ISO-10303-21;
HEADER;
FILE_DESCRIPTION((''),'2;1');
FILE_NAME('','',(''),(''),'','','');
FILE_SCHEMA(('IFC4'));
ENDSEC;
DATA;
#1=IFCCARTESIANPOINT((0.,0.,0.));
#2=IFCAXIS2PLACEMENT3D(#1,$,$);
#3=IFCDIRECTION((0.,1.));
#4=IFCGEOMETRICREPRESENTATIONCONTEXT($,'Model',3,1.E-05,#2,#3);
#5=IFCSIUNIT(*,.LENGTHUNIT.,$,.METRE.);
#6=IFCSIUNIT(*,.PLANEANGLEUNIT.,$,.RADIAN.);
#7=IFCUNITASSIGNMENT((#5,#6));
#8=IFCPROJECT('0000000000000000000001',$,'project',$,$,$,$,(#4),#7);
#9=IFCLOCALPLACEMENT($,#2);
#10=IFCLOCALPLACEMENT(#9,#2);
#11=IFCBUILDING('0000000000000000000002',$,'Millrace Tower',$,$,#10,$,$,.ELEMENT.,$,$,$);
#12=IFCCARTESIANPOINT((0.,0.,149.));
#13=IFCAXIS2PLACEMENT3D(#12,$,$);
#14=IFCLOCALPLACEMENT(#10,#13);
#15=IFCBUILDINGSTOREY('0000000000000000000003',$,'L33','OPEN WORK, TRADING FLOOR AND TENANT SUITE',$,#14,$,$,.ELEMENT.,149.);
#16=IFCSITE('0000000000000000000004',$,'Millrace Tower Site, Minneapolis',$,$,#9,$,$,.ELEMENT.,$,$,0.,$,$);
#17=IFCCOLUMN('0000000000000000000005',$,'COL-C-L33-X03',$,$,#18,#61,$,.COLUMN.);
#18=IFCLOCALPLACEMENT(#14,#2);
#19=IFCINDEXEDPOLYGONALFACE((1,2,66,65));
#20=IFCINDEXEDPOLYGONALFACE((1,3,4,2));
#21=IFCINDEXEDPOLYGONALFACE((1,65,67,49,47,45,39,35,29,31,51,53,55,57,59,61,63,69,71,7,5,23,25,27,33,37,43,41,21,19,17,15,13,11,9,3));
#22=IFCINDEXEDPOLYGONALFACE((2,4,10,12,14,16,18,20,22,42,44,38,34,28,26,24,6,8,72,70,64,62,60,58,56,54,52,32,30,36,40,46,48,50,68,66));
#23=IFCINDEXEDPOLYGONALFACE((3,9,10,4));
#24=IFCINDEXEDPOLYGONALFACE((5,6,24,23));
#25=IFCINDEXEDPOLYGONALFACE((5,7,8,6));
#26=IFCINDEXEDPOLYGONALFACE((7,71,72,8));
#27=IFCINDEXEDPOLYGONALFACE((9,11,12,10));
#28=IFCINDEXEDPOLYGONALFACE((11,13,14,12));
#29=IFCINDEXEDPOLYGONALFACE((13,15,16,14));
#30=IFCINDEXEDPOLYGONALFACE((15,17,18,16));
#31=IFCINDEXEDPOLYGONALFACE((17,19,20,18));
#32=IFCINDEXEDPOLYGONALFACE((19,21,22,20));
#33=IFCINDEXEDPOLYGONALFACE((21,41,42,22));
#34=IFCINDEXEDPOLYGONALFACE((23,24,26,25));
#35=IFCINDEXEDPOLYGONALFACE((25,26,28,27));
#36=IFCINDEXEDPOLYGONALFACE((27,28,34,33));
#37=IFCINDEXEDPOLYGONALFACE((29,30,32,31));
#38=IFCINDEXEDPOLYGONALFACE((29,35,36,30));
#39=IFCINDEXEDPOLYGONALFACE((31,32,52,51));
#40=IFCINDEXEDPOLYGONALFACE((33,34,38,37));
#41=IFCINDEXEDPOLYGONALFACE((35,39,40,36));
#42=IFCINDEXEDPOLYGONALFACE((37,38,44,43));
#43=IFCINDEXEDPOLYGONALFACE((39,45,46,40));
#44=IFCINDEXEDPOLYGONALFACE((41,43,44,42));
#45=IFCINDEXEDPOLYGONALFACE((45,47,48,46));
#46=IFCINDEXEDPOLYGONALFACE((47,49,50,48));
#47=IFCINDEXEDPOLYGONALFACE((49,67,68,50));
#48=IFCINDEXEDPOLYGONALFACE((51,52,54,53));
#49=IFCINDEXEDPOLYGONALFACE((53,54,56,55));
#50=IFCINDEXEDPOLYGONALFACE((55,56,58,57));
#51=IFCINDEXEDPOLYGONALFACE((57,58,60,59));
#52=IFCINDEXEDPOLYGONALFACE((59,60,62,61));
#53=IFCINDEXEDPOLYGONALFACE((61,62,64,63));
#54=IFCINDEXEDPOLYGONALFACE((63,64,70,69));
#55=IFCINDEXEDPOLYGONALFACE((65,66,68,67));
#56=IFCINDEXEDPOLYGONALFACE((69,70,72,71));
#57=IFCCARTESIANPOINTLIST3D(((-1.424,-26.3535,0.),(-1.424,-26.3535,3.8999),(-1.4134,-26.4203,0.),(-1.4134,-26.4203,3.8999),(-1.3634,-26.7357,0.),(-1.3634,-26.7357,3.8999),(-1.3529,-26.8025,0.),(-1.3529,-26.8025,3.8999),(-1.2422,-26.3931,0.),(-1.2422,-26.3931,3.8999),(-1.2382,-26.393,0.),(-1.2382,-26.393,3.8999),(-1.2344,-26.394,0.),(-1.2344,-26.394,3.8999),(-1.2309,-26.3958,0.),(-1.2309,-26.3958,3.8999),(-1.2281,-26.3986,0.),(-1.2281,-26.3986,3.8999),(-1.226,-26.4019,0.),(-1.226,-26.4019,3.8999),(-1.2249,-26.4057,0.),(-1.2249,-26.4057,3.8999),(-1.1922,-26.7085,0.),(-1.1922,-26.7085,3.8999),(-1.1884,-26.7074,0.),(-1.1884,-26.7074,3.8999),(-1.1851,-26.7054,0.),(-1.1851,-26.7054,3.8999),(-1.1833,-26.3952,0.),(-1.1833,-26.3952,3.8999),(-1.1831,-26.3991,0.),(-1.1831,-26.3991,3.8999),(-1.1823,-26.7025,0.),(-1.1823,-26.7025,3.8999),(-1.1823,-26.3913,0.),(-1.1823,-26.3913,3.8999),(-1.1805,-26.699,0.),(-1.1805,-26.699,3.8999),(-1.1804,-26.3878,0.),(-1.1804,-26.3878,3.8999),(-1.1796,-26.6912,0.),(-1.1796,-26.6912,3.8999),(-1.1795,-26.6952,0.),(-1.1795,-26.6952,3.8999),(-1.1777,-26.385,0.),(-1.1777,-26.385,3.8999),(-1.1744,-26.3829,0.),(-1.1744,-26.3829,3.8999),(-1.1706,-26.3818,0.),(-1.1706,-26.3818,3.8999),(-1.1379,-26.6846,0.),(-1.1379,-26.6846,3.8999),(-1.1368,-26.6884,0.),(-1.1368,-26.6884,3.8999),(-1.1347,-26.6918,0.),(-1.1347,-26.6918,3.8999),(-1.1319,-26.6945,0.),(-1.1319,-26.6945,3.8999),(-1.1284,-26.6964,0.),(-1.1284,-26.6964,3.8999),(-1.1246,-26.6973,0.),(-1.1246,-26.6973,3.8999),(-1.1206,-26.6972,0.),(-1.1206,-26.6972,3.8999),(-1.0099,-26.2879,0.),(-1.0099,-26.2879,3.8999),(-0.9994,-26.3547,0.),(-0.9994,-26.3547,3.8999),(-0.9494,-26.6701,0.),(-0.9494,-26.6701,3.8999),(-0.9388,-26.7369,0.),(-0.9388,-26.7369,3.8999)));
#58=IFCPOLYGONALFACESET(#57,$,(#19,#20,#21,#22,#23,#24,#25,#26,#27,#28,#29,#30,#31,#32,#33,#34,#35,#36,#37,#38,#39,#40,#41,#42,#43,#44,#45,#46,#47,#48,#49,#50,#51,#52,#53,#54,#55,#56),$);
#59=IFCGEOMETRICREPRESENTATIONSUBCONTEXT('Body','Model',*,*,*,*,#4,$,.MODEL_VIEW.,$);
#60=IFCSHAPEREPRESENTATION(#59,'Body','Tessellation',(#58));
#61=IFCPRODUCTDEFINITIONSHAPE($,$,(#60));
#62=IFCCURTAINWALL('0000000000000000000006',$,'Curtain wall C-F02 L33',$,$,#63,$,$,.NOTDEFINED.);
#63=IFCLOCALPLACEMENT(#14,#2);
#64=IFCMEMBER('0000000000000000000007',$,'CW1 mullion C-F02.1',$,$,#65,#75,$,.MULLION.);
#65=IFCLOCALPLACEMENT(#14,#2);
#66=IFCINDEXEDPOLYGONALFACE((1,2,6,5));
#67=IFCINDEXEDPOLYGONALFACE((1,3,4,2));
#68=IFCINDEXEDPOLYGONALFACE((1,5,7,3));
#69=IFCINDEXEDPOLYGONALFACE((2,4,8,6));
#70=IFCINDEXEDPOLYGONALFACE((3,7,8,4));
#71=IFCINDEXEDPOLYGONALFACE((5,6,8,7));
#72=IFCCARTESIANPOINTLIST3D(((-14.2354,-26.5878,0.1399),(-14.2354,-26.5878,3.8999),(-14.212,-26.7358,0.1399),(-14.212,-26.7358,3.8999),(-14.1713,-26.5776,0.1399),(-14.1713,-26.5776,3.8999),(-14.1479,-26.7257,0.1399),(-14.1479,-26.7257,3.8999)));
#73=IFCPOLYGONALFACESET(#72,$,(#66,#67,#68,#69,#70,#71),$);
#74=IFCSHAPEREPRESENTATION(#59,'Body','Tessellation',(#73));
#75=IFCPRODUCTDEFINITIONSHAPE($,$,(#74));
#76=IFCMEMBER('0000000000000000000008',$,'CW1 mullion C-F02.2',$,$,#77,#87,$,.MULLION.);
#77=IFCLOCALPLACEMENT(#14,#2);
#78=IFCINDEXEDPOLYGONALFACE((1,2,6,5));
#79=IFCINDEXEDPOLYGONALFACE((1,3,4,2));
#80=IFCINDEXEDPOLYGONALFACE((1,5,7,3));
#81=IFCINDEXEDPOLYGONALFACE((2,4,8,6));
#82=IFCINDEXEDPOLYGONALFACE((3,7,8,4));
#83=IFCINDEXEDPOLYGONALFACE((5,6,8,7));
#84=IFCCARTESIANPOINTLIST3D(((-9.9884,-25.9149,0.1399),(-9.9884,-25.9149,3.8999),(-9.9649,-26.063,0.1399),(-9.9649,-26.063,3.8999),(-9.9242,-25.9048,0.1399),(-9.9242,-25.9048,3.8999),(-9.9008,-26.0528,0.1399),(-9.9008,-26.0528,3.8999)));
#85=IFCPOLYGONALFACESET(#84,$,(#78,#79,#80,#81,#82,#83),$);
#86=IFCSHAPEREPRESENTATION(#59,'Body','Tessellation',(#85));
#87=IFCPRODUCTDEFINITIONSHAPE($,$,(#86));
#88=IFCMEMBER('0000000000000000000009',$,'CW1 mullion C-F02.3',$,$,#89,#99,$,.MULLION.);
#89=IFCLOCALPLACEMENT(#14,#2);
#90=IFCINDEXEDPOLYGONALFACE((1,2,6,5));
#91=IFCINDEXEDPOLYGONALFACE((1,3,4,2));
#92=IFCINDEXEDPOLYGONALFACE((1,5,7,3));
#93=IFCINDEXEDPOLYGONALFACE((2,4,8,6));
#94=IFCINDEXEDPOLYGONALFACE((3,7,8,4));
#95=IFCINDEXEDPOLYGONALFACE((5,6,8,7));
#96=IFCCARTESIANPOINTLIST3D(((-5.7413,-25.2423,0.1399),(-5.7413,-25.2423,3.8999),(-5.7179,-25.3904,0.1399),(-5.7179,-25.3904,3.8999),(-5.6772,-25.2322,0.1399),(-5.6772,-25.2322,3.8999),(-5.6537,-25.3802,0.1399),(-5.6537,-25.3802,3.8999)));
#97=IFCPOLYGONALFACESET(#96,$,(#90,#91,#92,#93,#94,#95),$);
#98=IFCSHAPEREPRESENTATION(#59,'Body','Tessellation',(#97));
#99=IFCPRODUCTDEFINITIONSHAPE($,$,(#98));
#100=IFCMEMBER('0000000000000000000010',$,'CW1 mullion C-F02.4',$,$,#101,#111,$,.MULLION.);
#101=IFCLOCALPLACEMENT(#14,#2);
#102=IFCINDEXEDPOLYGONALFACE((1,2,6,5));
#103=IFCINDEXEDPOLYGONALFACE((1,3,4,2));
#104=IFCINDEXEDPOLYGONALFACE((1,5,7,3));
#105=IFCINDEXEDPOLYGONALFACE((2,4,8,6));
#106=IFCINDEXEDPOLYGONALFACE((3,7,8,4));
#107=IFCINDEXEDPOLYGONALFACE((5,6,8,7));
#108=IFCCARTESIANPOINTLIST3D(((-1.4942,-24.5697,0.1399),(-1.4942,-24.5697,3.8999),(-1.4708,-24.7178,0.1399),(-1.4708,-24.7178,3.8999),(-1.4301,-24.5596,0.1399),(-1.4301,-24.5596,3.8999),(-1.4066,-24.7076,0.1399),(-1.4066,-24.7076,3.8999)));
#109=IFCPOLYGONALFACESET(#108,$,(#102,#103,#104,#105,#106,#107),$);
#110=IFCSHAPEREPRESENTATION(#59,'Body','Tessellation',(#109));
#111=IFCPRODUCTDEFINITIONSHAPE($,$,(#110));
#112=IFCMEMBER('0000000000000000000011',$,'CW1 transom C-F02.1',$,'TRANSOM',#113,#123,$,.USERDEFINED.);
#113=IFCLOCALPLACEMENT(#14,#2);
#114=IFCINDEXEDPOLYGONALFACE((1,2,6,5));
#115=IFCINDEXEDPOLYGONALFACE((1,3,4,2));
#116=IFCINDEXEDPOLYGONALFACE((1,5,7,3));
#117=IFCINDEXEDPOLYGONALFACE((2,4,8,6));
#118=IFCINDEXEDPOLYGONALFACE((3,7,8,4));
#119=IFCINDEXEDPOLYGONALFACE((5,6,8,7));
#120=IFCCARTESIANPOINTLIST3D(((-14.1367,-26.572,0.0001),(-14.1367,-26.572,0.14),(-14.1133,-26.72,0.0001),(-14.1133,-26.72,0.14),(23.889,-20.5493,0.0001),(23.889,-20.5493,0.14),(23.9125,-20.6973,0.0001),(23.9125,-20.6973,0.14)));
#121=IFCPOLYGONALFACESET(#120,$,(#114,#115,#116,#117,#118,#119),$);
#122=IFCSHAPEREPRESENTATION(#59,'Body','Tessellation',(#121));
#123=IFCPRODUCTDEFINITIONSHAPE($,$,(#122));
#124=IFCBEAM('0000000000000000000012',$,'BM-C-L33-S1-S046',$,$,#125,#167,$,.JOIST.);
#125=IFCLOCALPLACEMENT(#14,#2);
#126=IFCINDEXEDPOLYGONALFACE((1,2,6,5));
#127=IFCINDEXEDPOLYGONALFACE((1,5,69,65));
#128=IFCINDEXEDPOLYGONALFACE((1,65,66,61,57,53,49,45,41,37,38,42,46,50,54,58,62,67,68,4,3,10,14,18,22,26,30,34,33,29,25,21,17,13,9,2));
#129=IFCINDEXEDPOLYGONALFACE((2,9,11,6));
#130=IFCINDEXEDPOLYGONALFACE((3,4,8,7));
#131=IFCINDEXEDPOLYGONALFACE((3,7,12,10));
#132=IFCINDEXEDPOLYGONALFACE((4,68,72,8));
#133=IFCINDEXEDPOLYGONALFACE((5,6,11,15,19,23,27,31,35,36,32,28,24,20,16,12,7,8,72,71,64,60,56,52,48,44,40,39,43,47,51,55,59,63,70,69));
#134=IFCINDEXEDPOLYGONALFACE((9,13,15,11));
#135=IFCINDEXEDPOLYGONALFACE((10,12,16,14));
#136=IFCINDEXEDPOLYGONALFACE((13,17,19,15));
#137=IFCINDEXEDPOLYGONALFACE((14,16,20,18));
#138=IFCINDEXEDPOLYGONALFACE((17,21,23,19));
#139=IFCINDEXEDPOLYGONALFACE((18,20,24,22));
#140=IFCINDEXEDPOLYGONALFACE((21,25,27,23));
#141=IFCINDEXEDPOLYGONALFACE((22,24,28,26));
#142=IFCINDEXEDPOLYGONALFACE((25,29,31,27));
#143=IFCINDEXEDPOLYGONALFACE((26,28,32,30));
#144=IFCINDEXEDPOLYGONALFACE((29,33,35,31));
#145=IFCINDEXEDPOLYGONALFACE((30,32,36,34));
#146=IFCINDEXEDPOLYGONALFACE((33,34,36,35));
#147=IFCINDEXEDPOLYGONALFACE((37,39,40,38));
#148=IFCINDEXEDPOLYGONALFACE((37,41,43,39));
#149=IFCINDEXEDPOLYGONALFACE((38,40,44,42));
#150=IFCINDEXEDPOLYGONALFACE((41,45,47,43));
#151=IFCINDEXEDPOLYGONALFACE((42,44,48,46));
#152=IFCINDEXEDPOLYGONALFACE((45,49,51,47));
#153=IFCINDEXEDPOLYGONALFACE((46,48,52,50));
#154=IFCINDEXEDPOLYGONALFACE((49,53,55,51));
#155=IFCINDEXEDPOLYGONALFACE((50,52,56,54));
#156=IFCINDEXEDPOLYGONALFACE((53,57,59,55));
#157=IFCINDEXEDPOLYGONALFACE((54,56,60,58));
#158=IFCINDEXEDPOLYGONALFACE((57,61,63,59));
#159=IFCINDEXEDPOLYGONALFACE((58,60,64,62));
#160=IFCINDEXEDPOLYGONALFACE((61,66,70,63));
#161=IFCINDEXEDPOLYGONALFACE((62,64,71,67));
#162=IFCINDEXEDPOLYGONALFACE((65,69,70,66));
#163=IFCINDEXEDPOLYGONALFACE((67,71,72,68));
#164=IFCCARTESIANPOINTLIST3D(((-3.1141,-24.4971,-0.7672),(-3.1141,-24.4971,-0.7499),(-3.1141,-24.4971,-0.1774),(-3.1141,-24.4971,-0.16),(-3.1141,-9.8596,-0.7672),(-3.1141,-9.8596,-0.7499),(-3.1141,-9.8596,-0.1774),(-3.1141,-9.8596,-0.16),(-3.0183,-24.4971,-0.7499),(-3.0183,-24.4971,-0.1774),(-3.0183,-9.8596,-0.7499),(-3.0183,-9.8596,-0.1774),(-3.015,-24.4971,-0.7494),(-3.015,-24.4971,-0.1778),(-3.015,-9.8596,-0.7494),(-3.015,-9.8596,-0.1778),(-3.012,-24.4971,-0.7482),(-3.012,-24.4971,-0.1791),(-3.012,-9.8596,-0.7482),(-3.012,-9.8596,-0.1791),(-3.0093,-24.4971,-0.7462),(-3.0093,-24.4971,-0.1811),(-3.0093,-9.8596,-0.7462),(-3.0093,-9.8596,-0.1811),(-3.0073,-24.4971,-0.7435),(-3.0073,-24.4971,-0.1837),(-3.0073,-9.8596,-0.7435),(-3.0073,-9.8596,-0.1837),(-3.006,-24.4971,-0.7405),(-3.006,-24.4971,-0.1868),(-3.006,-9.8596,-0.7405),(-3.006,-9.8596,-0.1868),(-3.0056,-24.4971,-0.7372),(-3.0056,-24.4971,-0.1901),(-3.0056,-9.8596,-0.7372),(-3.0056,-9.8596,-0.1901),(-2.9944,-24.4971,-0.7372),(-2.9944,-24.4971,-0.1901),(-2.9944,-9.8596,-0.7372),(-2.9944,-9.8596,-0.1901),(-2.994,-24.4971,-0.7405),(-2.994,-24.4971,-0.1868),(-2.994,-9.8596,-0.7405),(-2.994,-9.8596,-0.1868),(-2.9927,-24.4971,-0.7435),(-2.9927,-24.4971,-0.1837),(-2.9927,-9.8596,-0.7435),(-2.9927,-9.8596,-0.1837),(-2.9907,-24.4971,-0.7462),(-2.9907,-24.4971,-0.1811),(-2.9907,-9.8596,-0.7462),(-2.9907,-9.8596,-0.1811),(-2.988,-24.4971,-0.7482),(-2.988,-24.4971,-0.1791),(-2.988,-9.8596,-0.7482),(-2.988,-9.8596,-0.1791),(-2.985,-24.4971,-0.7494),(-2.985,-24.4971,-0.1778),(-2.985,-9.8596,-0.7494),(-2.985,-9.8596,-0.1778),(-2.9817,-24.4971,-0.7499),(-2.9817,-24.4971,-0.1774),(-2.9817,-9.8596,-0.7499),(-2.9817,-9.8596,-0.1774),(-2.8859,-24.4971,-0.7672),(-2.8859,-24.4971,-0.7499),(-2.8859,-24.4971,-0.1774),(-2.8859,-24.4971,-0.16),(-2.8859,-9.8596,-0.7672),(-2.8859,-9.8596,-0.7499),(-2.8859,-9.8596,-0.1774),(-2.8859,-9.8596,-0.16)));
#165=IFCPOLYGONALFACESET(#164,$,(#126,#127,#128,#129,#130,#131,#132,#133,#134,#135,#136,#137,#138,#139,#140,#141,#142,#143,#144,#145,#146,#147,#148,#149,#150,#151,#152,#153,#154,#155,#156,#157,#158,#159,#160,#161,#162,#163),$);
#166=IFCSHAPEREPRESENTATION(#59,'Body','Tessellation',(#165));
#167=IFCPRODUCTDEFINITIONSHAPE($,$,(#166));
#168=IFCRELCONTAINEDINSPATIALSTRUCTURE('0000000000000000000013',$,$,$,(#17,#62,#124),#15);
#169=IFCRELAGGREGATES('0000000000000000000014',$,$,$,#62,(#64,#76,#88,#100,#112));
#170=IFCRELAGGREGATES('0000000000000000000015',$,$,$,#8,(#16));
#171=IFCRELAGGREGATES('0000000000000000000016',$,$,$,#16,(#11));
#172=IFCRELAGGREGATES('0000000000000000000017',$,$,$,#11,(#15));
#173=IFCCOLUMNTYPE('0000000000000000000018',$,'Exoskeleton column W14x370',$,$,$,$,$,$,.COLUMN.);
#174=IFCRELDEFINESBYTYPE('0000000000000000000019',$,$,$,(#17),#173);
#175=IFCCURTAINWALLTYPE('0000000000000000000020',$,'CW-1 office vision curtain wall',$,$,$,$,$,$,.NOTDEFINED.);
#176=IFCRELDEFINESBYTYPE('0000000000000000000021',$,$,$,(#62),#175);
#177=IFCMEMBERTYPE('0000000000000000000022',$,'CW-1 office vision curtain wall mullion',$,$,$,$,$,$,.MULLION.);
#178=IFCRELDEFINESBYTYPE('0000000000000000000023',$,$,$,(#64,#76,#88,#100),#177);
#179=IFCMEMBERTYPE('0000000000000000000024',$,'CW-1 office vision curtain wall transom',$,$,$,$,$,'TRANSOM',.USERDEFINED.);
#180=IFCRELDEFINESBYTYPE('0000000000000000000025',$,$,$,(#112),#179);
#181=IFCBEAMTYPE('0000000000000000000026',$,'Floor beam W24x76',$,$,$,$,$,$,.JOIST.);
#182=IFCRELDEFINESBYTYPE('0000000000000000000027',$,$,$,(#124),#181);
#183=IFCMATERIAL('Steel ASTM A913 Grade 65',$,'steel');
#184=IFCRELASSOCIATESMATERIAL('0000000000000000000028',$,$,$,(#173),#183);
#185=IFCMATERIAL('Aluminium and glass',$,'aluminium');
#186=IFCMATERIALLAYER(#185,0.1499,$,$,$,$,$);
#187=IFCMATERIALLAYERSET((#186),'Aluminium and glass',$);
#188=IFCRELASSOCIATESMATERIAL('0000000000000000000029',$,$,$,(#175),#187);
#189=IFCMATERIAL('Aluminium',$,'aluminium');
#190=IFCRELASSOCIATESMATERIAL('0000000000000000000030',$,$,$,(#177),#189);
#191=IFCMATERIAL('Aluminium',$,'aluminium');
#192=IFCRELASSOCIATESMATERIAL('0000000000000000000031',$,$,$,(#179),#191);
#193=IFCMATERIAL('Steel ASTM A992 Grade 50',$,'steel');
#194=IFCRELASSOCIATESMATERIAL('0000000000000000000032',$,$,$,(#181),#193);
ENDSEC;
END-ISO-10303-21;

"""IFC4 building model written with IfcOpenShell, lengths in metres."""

from ifc_helpers import new_model, si_unit, direction, frame, origin, origin_2d, place, context, subcontext, project, spatial, rectangle, i_section, extrude, material, layer, layer_set, material_profile, profile_set, type_object, element, aggregate, save


model = new_model("IFC4")

# Units and contexts
model_context = context("Model", 3, precision=1e-05, world=origin(), true_north=direction((0.0, 1.0)))
body_context = subcontext(model_context, "Body", "Model", "MODEL_VIEW")
ifc_project = project(units=[si_unit("LENGTHUNIT", "METRE"), si_unit("PLANEANGLEUNIT", "RADIAN")], contexts=[model_context])

# Site, building, storey
site_placement = place(None, origin())
site = spatial("IfcSite", under=ifc_project, at=site_placement, Name="Millrace Tower Site, Minneapolis", CompositionType="ELEMENT", RefElevation=0.0)
building_placement = place(site_placement, origin())
building = spatial("IfcBuilding", under=site, at=building_placement, Name="Millrace Tower", CompositionType="ELEMENT")
storey_placement = place(building_placement, frame((0.0, 0.0, 149.0)))
storey = spatial("IfcBuildingStorey", under=building, at=storey_placement, Name="L33", Description="OPEN WORK, TRADING FLOOR AND TENANT SUITE", CompositionType="ELEMENT", Elevation=149.0)

# Column
ifc_material_1 = material(Name="Steel ASTM A913 Grade 65", Category="steel")
ifc_material_profile_1 = material_profile(ifc_material_1, i_section(OverallWidth=0.4192, OverallDepth=0.4546, WebThickness=0.0422, FlangeThickness=0.0676, FilletRadius=0.0151, at=origin_2d()))
ifc_profile_set_1 = profile_set([ifc_material_profile_1], Name="Steel ASTM A913 Grade 65")
column_type = type_object("IfcColumnType", Name="Exoskeleton column W14x370", PredefinedType="COLUMN", material=ifc_profile_set_1)
column_placement = place(storey_placement, frame((-1.1814, -26.5452, 0.0), z_axis=(0.0, 0.0, 1.0), x_axis=(0.987688, 0.156434, 0.0)))
element("IfcColumn", 1, at=column_placement, inside=storey, type_object=column_type, Name="COL-C-L33-X03", PredefinedType="COLUMN", context=body_context, shape_type="SweptSolid", body=[
    extrude(i_section(OverallWidth=0.4192, OverallDepth=0.4546, WebThickness=0.0422, FlangeThickness=0.0676, FilletRadius=0.0151, at=origin_2d()), origin(), (0.0, 0.0, 1.0), 3.8999),
])

# Curtain wall, members
ifc_material_2 = material(Name="Aluminium and glass", Category="aluminium")
ifc_layer_1 = layer(ifc_material_2, 0.1499)
ifc_layer_set_1 = layer_set([ifc_layer_1], Name="Aluminium and glass")
curtain_wall_type = type_object("IfcCurtainWallType", Name="CW-1 office vision curtain wall", PredefinedType="NOTDEFINED", material=ifc_layer_set_1)
curtain_wall_placement = place(storey_placement, origin())
curtain_wall = element("IfcCurtainWall", 2, at=curtain_wall_placement, inside=storey, type_object=curtain_wall_type, Name="Curtain wall C-F02 L33", PredefinedType="NOTDEFINED")
ifc_material_3 = material(Name="Aluminium", Category="aluminium")
ifc_material_profile_2 = material_profile(ifc_material_3, rectangle(XDim=0.0649, YDim=0.1499, at=origin_2d()))
ifc_profile_set_2 = profile_set([ifc_material_profile_2], Name="Aluminium")
member_type_1 = type_object("IfcMemberType", Name="CW-1 office vision curtain wall mullion", PredefinedType="MULLION", material=ifc_profile_set_2)
member_1_placement = place(storey_placement, frame((-14.1917, -26.6567, 0.1399), z_axis=(0.0, 0.0, 1.0), x_axis=(0.987688, 0.156434, 0.0)))
member_1 = element("IfcMember", 3, at=member_1_placement, type_object=member_type_1, Name="CW1 mullion C-F02.1", PredefinedType="MULLION", context=body_context, shape_type="SweptSolid", body=[
    extrude(rectangle(XDim=0.0649, YDim=0.1499, at=origin_2d()), origin(), (0.0, 0.0, 1.0), 3.76),
])
member_2_placement = place(storey_placement, frame((-9.9446, -25.9839, 0.1399), z_axis=(0.0, 0.0, 1.0), x_axis=(0.987688, 0.156434, 0.0)))
member_2 = element("IfcMember", 4, at=member_2_placement, type_object=member_type_1, Name="CW1 mullion C-F02.2", PredefinedType="MULLION", context=body_context, shape_type="SweptSolid", body=[
    extrude(rectangle(XDim=0.0649, YDim=0.1499, at=origin_2d()), origin(), (0.0, 0.0, 1.0), 3.76),
])
member_3_placement = place(storey_placement, frame((-5.6975, -25.3113, 0.1399), z_axis=(0.0, 0.0, 1.0), x_axis=(0.987688, 0.156434, 0.0)))
member_3 = element("IfcMember", 5, at=member_3_placement, type_object=member_type_1, Name="CW1 mullion C-F02.3", PredefinedType="MULLION", context=body_context, shape_type="SweptSolid", body=[
    extrude(rectangle(XDim=0.0649, YDim=0.1499, at=origin_2d()), origin(), (0.0, 0.0, 1.0), 3.76),
])
member_4_placement = place(storey_placement, frame((-1.4504, -24.6387, 0.1399), z_axis=(0.0, 0.0, 1.0), x_axis=(0.987688, 0.156434, 0.0)))
member_4 = element("IfcMember", 6, at=member_4_placement, type_object=member_type_1, Name="CW1 mullion C-F02.4", PredefinedType="MULLION", context=body_context, shape_type="SweptSolid", body=[
    extrude(rectangle(XDim=0.0649, YDim=0.1499, at=origin_2d()), origin(), (0.0, 0.0, 1.0), 3.76),
])
ifc_material_4 = material(Name="Aluminium", Category="aluminium")
ifc_material_profile_3 = material_profile(ifc_material_4, rectangle(XDim=0.1499, YDim=0.1399, at=origin_2d()))
ifc_profile_set_3 = profile_set([ifc_material_profile_3], Name="Aluminium")
member_type_2 = type_object("IfcMemberType", Name="CW-1 office vision curtain wall transom", ElementType="TRANSOM", PredefinedType="USERDEFINED", material=ifc_profile_set_3)
member_5_placement = place(storey_placement, frame((-14.125, -26.646, 0.0701), z_axis=(0.987688, 0.156434, 0.0), x_axis=(-0.156434, 0.987688, 0.0)))
member_5 = element("IfcMember", 7, at=member_5_placement, type_object=member_type_2, Name="CW1 transom C-F02.1", ObjectType="TRANSOM", PredefinedType="USERDEFINED", context=body_context, shape_type="SweptSolid", body=[
    extrude(rectangle(XDim=0.1499, YDim=0.1399, at=origin_2d()), origin(), (0.0, 0.0, 1.0), 38.4998),
])
aggregate(curtain_wall, [member_1, member_2, member_3, member_4, member_5])

# Beam
ifc_material_5 = material(Name="Steel ASTM A992 Grade 50", Category="steel")
ifc_material_profile_4 = material_profile(ifc_material_5, i_section(OverallWidth=0.2283, OverallDepth=0.6072, WebThickness=0.0112, FlangeThickness=0.0173, FilletRadius=0.0127, at=origin_2d()))
ifc_profile_set_4 = profile_set([ifc_material_profile_4], Name="Steel ASTM A992 Grade 50")
beam_type_1 = type_object("IfcBeamType", Name="Floor beam W24x76", PredefinedType="JOIST", material=ifc_profile_set_4)
beam_1_placement = place(storey_placement, frame((-3.0, -24.4971, -0.4636), z_axis=(0.0, 1.0, 0.0), x_axis=(-1.0, 0.0, 0.0)))
element("IfcBeam", 8, at=beam_1_placement, inside=storey, type_object=beam_type_1, Name="BM-C-L33-S1-S046", PredefinedType="JOIST", context=body_context, shape_type="SweptSolid", body=[
    extrude(i_section(OverallWidth=0.2283, OverallDepth=0.6072, WebThickness=0.0112, FlangeThickness=0.0173, FilletRadius=0.0127, at=origin_2d()), origin(), (0.0, 0.0, 1.0), 14.6375),
])

save(model, "model.ifc")
